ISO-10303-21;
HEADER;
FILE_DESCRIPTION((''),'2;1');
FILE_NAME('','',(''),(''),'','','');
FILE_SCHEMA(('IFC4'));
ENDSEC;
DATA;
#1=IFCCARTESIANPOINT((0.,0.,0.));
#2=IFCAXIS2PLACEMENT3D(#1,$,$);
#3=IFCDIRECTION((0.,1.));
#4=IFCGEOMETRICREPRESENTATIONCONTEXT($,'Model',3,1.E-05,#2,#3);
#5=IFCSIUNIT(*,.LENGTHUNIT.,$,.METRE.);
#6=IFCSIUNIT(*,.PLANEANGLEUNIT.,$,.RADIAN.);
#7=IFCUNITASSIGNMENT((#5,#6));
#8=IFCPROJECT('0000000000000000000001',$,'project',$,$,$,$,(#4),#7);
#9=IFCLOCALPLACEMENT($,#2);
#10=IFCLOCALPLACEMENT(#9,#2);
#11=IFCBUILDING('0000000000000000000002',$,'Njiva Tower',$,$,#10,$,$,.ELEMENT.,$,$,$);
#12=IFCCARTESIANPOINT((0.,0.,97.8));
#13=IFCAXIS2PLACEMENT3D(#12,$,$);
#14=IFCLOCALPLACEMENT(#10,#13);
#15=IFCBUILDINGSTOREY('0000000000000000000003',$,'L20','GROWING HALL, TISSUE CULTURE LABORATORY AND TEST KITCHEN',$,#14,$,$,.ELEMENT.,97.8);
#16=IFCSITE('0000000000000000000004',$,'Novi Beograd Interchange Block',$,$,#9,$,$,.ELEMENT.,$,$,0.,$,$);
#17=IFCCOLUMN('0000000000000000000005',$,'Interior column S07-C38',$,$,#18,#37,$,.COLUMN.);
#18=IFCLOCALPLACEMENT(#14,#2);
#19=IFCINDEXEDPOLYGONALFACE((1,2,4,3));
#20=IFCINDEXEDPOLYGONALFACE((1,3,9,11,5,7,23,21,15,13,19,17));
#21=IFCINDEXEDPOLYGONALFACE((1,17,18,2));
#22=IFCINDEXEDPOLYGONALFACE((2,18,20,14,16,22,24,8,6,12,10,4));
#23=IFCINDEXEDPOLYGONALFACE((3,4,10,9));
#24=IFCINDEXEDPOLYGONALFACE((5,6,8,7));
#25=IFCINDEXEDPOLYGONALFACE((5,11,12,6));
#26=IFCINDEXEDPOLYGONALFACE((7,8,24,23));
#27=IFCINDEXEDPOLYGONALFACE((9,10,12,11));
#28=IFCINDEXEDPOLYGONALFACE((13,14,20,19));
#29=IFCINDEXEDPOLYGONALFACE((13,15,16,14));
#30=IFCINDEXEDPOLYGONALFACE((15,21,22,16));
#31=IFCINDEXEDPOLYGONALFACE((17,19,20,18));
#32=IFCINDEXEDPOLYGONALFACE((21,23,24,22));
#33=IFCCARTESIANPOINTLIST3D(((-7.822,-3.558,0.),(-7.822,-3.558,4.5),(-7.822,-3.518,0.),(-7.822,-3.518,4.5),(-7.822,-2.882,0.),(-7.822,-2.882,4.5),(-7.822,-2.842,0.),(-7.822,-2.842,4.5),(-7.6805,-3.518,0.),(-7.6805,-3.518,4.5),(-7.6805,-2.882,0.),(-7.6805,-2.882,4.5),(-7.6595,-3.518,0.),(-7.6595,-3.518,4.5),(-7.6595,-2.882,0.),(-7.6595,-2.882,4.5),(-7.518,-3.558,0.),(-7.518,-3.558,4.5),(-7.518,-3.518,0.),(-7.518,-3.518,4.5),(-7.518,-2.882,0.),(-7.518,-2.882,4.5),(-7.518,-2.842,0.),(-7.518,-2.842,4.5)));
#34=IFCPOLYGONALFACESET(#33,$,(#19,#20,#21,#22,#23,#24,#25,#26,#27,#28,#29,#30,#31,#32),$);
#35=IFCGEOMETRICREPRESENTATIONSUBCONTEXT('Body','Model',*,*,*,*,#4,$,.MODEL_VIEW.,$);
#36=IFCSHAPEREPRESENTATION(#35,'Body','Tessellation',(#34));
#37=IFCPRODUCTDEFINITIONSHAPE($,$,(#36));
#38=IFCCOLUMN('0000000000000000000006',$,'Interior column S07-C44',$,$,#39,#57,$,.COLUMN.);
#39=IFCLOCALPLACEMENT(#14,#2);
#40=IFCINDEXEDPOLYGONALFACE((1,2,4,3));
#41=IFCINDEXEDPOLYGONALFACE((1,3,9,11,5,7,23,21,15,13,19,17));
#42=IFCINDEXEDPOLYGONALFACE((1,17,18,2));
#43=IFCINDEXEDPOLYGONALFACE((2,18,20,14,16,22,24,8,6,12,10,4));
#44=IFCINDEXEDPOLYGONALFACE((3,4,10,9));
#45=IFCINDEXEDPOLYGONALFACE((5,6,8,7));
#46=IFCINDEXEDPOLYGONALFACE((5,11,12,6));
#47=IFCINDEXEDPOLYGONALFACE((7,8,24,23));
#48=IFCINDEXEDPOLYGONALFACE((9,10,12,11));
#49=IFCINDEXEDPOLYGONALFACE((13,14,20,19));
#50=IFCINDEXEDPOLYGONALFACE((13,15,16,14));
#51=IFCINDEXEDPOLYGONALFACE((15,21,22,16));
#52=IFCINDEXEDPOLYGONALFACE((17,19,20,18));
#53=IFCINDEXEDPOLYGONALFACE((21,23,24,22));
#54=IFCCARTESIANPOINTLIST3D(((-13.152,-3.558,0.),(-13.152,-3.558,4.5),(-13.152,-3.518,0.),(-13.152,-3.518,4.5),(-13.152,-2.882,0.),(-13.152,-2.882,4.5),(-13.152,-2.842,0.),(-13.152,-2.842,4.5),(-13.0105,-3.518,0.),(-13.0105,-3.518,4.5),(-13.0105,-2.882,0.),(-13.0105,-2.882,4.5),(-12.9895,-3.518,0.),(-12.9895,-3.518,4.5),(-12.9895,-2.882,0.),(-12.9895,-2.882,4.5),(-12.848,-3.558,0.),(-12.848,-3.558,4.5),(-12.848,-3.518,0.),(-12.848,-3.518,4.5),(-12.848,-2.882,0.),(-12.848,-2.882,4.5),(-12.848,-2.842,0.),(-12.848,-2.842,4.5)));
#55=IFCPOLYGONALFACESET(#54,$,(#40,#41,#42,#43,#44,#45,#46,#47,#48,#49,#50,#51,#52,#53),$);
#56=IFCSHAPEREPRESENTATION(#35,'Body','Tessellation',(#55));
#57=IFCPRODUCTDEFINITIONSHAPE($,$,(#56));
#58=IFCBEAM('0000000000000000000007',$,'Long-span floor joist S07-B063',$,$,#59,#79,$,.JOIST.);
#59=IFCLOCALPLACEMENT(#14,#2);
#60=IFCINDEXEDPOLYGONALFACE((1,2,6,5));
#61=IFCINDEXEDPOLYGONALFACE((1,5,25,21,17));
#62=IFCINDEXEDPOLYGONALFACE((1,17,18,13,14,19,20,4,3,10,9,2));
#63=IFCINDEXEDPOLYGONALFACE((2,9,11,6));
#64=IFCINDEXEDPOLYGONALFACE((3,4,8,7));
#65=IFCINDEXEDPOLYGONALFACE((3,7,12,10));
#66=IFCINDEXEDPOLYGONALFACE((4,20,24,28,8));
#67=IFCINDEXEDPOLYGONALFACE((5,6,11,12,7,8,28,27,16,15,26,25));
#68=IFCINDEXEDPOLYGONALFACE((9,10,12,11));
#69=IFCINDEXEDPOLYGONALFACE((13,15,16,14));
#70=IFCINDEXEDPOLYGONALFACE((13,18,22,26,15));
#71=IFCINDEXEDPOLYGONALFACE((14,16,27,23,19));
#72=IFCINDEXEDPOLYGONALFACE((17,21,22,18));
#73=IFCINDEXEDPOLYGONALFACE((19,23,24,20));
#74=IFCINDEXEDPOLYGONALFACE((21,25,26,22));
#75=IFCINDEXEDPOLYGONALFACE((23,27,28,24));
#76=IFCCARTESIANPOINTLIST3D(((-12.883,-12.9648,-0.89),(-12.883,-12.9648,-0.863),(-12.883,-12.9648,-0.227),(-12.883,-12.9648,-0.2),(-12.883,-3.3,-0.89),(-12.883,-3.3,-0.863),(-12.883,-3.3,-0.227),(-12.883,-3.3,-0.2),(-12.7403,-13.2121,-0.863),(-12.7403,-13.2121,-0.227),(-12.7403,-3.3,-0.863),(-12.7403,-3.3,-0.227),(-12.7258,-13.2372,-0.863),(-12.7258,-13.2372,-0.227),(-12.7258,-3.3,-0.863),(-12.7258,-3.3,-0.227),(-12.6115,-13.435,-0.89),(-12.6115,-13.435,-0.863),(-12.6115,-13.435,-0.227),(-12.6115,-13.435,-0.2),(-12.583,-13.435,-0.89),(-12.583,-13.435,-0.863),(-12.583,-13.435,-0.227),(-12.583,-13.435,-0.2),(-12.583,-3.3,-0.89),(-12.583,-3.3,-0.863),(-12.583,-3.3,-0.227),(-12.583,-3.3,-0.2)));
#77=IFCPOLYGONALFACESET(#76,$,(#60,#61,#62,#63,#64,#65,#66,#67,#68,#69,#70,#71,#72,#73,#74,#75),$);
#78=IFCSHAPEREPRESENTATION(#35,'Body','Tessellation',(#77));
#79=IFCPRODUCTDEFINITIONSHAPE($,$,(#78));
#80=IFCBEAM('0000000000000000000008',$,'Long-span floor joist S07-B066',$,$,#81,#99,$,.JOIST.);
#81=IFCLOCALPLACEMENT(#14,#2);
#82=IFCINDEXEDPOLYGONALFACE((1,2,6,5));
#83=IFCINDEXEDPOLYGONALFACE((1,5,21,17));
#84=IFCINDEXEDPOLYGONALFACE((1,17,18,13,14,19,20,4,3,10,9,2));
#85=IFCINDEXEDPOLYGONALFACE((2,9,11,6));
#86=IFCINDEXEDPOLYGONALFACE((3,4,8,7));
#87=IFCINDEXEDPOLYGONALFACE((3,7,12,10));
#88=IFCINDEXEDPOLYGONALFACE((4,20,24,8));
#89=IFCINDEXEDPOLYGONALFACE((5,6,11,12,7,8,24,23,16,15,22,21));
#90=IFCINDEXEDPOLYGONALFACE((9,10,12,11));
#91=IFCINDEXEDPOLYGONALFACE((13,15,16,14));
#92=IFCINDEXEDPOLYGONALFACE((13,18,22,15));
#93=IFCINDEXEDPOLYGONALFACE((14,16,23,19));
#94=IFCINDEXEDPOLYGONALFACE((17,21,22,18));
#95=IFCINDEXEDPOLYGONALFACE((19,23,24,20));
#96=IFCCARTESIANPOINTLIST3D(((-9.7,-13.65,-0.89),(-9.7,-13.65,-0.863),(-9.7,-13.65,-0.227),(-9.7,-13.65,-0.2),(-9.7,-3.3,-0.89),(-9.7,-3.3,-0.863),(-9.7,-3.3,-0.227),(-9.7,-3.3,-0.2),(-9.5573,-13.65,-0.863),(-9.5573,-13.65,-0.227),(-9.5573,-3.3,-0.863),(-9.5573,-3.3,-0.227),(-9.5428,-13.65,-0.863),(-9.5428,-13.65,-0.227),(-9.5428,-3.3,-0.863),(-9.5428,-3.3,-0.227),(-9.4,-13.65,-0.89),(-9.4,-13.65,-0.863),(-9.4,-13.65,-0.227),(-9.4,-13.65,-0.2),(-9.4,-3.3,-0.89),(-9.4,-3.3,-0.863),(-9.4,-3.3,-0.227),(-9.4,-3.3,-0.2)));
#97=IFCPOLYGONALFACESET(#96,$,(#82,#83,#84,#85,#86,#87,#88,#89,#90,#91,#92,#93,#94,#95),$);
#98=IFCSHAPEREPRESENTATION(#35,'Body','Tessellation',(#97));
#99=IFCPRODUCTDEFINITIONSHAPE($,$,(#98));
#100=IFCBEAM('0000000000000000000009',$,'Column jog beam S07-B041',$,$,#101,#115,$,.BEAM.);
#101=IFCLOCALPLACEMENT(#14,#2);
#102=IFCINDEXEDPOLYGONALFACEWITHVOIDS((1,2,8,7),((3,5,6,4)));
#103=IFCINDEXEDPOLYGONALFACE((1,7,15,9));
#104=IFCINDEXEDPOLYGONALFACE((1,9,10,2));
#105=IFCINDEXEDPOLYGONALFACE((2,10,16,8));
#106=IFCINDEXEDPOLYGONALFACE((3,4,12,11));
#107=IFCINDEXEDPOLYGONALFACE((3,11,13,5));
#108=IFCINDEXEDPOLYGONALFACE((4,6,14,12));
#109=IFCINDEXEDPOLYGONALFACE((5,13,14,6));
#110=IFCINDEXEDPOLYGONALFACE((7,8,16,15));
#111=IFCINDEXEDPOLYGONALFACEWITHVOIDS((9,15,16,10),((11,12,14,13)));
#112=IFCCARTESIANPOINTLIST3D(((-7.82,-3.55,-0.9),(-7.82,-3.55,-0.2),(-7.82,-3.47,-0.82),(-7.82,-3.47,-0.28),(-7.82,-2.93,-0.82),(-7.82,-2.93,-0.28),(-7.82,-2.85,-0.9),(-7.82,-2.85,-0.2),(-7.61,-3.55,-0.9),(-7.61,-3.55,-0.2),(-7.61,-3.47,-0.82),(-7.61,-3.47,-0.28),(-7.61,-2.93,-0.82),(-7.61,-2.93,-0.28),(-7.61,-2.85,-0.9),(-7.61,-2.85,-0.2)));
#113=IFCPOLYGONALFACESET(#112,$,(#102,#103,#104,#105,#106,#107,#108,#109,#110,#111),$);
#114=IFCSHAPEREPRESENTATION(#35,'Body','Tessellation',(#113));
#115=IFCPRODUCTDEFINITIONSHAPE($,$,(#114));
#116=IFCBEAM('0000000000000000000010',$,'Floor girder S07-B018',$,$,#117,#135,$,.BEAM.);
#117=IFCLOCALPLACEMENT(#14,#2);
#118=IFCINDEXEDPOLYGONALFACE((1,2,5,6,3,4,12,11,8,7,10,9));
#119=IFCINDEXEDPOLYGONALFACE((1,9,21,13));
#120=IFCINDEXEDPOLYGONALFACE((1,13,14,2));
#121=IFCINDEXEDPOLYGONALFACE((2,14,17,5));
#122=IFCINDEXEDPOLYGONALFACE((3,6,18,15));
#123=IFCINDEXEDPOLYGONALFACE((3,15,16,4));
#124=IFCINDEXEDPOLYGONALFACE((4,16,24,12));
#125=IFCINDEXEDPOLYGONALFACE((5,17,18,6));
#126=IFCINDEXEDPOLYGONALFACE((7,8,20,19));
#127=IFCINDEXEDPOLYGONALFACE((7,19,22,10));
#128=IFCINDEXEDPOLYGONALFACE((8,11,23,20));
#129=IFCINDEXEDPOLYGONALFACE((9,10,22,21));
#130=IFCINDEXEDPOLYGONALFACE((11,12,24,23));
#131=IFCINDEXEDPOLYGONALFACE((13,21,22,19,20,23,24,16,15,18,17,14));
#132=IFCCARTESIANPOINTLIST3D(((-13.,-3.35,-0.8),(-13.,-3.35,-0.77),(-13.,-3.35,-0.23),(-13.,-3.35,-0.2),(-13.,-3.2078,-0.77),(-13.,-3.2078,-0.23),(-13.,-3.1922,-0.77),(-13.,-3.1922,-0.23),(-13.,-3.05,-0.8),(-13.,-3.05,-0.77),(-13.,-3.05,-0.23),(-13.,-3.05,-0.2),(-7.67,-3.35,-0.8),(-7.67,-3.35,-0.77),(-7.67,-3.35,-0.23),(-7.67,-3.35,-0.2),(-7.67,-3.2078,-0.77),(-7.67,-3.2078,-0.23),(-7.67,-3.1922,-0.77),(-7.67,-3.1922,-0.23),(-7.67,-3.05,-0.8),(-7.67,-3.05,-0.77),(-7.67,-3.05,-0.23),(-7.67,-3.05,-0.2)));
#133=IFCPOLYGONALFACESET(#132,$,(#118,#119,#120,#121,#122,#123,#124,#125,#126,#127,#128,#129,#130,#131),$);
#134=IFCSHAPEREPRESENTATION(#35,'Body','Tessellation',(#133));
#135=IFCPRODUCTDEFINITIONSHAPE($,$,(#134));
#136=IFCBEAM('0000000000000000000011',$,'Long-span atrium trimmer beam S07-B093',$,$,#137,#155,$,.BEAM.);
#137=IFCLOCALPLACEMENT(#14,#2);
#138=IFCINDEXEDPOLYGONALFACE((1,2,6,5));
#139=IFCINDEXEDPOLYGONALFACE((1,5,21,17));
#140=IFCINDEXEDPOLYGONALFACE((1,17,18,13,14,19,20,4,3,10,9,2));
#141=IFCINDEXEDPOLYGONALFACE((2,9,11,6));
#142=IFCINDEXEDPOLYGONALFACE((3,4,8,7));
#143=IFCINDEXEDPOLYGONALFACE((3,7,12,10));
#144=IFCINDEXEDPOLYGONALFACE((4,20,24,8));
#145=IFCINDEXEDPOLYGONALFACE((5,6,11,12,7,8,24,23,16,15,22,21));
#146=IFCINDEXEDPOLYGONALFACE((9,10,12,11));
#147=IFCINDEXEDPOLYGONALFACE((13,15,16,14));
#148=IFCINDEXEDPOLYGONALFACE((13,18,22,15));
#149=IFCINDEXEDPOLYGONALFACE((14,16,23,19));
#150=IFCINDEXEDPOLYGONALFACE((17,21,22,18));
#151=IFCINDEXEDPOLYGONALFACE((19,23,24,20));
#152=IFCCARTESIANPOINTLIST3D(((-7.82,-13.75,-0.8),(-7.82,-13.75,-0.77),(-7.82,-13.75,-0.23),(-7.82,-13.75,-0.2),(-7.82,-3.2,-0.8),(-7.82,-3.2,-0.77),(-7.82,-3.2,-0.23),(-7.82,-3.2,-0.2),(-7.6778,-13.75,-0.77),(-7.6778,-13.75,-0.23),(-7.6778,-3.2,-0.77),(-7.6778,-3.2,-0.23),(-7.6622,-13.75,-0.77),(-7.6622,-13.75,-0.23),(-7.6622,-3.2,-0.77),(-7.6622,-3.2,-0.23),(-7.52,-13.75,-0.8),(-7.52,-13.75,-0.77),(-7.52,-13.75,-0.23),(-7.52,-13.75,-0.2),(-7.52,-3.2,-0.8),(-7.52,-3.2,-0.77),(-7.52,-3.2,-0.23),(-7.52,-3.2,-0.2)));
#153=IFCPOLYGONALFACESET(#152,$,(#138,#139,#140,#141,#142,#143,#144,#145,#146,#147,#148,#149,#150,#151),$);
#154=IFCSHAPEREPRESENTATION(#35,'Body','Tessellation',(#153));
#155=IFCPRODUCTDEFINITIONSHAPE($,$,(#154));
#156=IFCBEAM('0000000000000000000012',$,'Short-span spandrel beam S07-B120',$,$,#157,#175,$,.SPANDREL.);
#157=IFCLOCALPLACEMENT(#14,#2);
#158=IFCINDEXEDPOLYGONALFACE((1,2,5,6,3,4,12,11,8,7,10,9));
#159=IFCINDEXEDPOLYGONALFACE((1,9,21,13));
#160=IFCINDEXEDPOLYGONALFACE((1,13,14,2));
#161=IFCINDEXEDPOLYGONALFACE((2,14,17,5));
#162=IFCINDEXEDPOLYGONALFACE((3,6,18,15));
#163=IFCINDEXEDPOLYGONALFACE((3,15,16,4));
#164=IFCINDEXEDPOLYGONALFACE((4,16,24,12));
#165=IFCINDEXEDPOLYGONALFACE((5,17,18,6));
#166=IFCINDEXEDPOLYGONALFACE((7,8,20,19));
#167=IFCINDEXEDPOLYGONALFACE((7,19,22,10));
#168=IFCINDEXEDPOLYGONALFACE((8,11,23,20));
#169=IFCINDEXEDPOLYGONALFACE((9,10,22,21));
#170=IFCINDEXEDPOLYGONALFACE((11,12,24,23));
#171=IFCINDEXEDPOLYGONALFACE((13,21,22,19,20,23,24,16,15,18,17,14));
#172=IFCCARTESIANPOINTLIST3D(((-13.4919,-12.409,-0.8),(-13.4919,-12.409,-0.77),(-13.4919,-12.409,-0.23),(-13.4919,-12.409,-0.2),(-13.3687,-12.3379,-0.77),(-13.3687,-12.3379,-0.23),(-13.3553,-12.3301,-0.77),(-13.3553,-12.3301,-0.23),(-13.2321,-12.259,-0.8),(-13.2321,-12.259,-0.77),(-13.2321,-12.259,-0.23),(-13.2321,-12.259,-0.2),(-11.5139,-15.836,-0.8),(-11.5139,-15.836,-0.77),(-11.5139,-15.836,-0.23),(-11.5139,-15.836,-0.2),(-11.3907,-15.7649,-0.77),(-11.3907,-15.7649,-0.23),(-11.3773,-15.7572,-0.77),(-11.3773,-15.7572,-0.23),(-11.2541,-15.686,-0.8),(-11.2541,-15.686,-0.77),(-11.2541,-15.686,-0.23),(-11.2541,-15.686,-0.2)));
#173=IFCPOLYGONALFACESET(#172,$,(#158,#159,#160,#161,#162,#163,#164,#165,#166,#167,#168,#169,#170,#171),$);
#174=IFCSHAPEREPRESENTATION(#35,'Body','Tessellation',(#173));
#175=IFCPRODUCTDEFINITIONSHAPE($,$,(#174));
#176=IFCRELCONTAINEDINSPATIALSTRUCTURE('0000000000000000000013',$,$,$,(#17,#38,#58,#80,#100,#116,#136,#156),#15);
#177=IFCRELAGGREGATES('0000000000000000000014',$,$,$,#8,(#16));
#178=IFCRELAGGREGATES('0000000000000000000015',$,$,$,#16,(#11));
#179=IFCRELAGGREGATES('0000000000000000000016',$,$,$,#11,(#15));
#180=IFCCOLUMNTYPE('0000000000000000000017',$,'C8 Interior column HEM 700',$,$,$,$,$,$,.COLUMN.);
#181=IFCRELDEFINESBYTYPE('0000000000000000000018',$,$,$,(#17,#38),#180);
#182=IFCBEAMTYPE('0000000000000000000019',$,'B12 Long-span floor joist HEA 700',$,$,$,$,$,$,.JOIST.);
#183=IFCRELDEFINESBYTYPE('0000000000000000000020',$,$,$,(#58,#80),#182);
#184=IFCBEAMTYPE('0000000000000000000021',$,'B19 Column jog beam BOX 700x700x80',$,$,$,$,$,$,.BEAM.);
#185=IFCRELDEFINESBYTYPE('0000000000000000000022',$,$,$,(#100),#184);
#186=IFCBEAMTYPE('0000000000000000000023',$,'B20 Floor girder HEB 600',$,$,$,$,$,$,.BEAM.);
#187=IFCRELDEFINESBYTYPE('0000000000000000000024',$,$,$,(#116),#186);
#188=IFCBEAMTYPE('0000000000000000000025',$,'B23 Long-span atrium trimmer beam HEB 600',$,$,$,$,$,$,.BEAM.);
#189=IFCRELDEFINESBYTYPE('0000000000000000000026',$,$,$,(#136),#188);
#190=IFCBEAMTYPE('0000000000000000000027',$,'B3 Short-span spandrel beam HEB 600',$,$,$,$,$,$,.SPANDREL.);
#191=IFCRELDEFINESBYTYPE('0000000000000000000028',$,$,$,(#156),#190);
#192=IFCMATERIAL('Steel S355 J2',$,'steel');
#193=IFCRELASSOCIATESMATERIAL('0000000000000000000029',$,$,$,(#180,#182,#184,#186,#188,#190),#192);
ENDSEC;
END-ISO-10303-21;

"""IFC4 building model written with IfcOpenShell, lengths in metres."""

from ifc_helpers import new_model, si_unit, direction, frame, origin, origin_2d, place, context, subcontext, project, spatial, hollow_rectangle, i_section, extrude, clip, halfspace, material, material_profile, profile_set, type_object, element, save


model = new_model("IFC4")

# Units and contexts
model_context = context("Model", 3, precision=1e-05, world=origin(), true_north=direction((0.0, 1.0)))
body_context = subcontext(model_context, "Body", "Model", "MODEL_VIEW")
ifc_project = project(units=[si_unit("LENGTHUNIT", "METRE"), si_unit("PLANEANGLEUNIT", "RADIAN")], contexts=[model_context])

# Site, building, storey
site_placement = place(None, origin())
site = spatial("IfcSite", under=ifc_project, at=site_placement, Name="Novi Beograd Interchange Block", CompositionType="ELEMENT", RefElevation=0.0)
building_placement = place(site_placement, origin())
building = spatial("IfcBuilding", under=site, at=building_placement, Name="Njiva Tower", CompositionType="ELEMENT")
storey_placement = place(building_placement, frame((0.0, 0.0, 97.8)))
storey = spatial("IfcBuildingStorey", under=building, at=storey_placement, Name="L20", Description="GROWING HALL, TISSUE CULTURE LABORATORY AND TEST KITCHEN", CompositionType="ELEMENT", Elevation=97.8)

# Columns
ifc_material_1 = material(Name="Steel S355 J2", Category="steel")
ifc_material_profile_1 = material_profile(ifc_material_1, i_section(OverallWidth=0.304, OverallDepth=0.716, WebThickness=0.021, FlangeThickness=0.04, at=origin_2d()), Name="HEM 700")
ifc_profile_set_1 = profile_set([ifc_material_profile_1], Name="Steel S355 J2")
column_type = type_object("IfcColumnType", Name="C8 Interior column HEM 700", PredefinedType="COLUMN", material=ifc_profile_set_1)
for number, where, z_axis, x_axis, name in (
    (1, (-7.67, -3.2, 0.0), (0.0, 0.0, 1.0), (1.0, 0.0, 0.0), "Interior column S07-C38"),
    (2, (-13.0, -3.2, 0.0), (0.0, 0.0, 1.0), (1.0, 0.0, 0.0), "Interior column S07-C44"),
):
    element("IfcColumn", number, at=place(storey_placement, frame(where, z_axis=z_axis, x_axis=x_axis)), inside=storey, type_object=column_type, Name=name, PredefinedType="COLUMN", context=body_context, shape_type="SweptSolid", body=[
        extrude(i_section(OverallWidth=0.304, OverallDepth=0.716, WebThickness=0.021, FlangeThickness=0.04, at=origin_2d()), origin(), (0.0, 0.0, 1.0), 4.5),
    ])

# Beams
ifc_material_profile_2 = material_profile(ifc_material_1, i_section(OverallWidth=0.3, OverallDepth=0.69, WebThickness=0.0145, FlangeThickness=0.027, at=origin_2d()), Name="HEA 700")
ifc_profile_set_2 = profile_set([ifc_material_profile_2], Name="Steel S355 J2")
beam_type_1 = type_object("IfcBeamType", Name="B12 Long-span floor joist HEA 700", PredefinedType="JOIST", material=ifc_profile_set_2)
beam_1_placement = place(storey_placement, frame((-12.733, -3.3, -0.545), z_axis=(0.0, -1.0, 0.0), x_axis=(1.0, 0.0, 0.0)))
element("IfcBeam", 3, at=beam_1_placement, inside=storey, type_object=beam_type_1, Name="Long-span floor joist S07-B063", PredefinedType="JOIST", context=body_context, shape_type="Clipping", body=[
    clip(extrude(i_section(OverallWidth=0.3, OverallDepth=0.69, WebThickness=0.0145, FlangeThickness=0.027, at=origin_2d()), origin(), (0.0, 0.0, 1.0), 10.135), halfspace(frame((-0.0436, 0.0, 9.8491), z_axis=(-0.866027, 0.0, 0.499998), x_axis=(0.0, 1.0, 0.0)), False)),
])
beam_2_placement = place(storey_placement, frame((-9.55, -3.3, -0.545), z_axis=(0.0, -1.0, 0.0), x_axis=(1.0, 0.0, 0.0)))
element("IfcBeam", 4, at=beam_2_placement, inside=storey, type_object=beam_type_1, Name="Long-span floor joist S07-B066", PredefinedType="JOIST", context=body_context, shape_type="SweptSolid", body=[
    extrude(i_section(OverallWidth=0.3, OverallDepth=0.69, WebThickness=0.0145, FlangeThickness=0.027, at=origin_2d()), origin(), (0.0, 0.0, 1.0), 10.35),
])
ifc_material_profile_3 = material_profile(ifc_material_1, hollow_rectangle(XDim=0.7, YDim=0.7, WallThickness=0.08, at=origin_2d()), Name="BOX 700x700x80")
ifc_profile_set_3 = profile_set([ifc_material_profile_3], Name="Steel S355 J2")
beam_type_2 = type_object("IfcBeamType", Name="B19 Column jog beam BOX 700x700x80", PredefinedType="BEAM", material=ifc_profile_set_3)
beam_3_placement = place(storey_placement, frame((-7.82, -3.2, -0.55), z_axis=(1.0, 0.0, 0.0), x_axis=(0.0, 1.0, 0.0)))
element("IfcBeam", 5, at=beam_3_placement, inside=storey, type_object=beam_type_2, Name="Column jog beam S07-B041", PredefinedType="BEAM", context=body_context, shape_type="SweptSolid", body=[
    extrude(hollow_rectangle(XDim=0.7, YDim=0.7, WallThickness=0.08, at=origin_2d()), origin(), (0.0, 0.0, 1.0), 0.21),
])
ifc_material_profile_4 = material_profile(ifc_material_1, i_section(OverallWidth=0.3, OverallDepth=0.6, WebThickness=0.0155, FlangeThickness=0.03, at=origin_2d()), Name="HEB 600")
ifc_profile_set_4 = profile_set([ifc_material_profile_4], Name="Steel S355 J2")
beam_type_3 = type_object("IfcBeamType", Name="B20 Floor girder HEB 600", PredefinedType="BEAM", material=ifc_profile_set_4)
beam_4_placement = place(storey_placement, frame((-13.0, -3.2, -0.5), z_axis=(1.0, 0.0, 0.0), x_axis=(0.0, 1.0, 0.0)))
element("IfcBeam", 6, at=beam_4_placement, inside=storey, type_object=beam_type_3, Name="Floor girder S07-B018", PredefinedType="BEAM", context=body_context, shape_type="SweptSolid", body=[
    extrude(i_section(OverallWidth=0.3, OverallDepth=0.6, WebThickness=0.0155, FlangeThickness=0.03, at=origin_2d()), origin(), (0.0, 0.0, 1.0), 5.33),
])
ifc_material_profile_5 = material_profile(ifc_material_1, i_section(OverallWidth=0.3, OverallDepth=0.6, WebThickness=0.0155, FlangeThickness=0.03, at=origin_2d()), Name="HEB 600")
ifc_profile_set_5 = profile_set([ifc_material_profile_5], Name="Steel S355 J2")
beam_type_4 = type_object("IfcBeamType", Name="B23 Long-span atrium trimmer beam HEB 600", PredefinedType="BEAM", material=ifc_profile_set_5)
beam_5_placement = place(storey_placement, frame((-7.67, -3.2, -0.5), z_axis=(0.0, -1.0, 0.0), x_axis=(1.0, 0.0, 0.0)))
element("IfcBeam", 7, at=beam_5_placement, inside=storey, type_object=beam_type_4, Name="Long-span atrium trimmer beam S07-B093", PredefinedType="BEAM", context=body_context, shape_type="SweptSolid", body=[
    extrude(i_section(OverallWidth=0.3, OverallDepth=0.6, WebThickness=0.0155, FlangeThickness=0.03, at=origin_2d()), origin(), (0.0, 0.0, 1.0), 10.55),
])
ifc_material_profile_6 = material_profile(ifc_material_1, i_section(OverallWidth=0.3, OverallDepth=0.6, WebThickness=0.0155, FlangeThickness=0.03, at=origin_2d()), Name="HEB 600")
ifc_profile_set_6 = profile_set([ifc_material_profile_6], Name="Steel S355 J2")
beam_type_5 = type_object("IfcBeamType", Name="B3 Short-span spandrel beam HEB 600", PredefinedType="SPANDREL", material=ifc_profile_set_6)
beam_6_placement = place(storey_placement, frame((-13.362, -12.334, -0.5), z_axis=(0.49989, -0.866089, 0.0), x_axis=(0.866089, 0.49989, 0.0)))
element("IfcBeam", 8, at=beam_6_placement, inside=storey, type_object=beam_type_5, Name="Short-span spandrel beam S07-B120", PredefinedType="SPANDREL", context=body_context, shape_type="SweptSolid", body=[
    extrude(i_section(OverallWidth=0.3, OverallDepth=0.6, WebThickness=0.0155, FlangeThickness=0.03, at=origin_2d()), origin(), (0.0, 0.0, 1.0), 3.9569),
])

save(model, "model.ifc")
